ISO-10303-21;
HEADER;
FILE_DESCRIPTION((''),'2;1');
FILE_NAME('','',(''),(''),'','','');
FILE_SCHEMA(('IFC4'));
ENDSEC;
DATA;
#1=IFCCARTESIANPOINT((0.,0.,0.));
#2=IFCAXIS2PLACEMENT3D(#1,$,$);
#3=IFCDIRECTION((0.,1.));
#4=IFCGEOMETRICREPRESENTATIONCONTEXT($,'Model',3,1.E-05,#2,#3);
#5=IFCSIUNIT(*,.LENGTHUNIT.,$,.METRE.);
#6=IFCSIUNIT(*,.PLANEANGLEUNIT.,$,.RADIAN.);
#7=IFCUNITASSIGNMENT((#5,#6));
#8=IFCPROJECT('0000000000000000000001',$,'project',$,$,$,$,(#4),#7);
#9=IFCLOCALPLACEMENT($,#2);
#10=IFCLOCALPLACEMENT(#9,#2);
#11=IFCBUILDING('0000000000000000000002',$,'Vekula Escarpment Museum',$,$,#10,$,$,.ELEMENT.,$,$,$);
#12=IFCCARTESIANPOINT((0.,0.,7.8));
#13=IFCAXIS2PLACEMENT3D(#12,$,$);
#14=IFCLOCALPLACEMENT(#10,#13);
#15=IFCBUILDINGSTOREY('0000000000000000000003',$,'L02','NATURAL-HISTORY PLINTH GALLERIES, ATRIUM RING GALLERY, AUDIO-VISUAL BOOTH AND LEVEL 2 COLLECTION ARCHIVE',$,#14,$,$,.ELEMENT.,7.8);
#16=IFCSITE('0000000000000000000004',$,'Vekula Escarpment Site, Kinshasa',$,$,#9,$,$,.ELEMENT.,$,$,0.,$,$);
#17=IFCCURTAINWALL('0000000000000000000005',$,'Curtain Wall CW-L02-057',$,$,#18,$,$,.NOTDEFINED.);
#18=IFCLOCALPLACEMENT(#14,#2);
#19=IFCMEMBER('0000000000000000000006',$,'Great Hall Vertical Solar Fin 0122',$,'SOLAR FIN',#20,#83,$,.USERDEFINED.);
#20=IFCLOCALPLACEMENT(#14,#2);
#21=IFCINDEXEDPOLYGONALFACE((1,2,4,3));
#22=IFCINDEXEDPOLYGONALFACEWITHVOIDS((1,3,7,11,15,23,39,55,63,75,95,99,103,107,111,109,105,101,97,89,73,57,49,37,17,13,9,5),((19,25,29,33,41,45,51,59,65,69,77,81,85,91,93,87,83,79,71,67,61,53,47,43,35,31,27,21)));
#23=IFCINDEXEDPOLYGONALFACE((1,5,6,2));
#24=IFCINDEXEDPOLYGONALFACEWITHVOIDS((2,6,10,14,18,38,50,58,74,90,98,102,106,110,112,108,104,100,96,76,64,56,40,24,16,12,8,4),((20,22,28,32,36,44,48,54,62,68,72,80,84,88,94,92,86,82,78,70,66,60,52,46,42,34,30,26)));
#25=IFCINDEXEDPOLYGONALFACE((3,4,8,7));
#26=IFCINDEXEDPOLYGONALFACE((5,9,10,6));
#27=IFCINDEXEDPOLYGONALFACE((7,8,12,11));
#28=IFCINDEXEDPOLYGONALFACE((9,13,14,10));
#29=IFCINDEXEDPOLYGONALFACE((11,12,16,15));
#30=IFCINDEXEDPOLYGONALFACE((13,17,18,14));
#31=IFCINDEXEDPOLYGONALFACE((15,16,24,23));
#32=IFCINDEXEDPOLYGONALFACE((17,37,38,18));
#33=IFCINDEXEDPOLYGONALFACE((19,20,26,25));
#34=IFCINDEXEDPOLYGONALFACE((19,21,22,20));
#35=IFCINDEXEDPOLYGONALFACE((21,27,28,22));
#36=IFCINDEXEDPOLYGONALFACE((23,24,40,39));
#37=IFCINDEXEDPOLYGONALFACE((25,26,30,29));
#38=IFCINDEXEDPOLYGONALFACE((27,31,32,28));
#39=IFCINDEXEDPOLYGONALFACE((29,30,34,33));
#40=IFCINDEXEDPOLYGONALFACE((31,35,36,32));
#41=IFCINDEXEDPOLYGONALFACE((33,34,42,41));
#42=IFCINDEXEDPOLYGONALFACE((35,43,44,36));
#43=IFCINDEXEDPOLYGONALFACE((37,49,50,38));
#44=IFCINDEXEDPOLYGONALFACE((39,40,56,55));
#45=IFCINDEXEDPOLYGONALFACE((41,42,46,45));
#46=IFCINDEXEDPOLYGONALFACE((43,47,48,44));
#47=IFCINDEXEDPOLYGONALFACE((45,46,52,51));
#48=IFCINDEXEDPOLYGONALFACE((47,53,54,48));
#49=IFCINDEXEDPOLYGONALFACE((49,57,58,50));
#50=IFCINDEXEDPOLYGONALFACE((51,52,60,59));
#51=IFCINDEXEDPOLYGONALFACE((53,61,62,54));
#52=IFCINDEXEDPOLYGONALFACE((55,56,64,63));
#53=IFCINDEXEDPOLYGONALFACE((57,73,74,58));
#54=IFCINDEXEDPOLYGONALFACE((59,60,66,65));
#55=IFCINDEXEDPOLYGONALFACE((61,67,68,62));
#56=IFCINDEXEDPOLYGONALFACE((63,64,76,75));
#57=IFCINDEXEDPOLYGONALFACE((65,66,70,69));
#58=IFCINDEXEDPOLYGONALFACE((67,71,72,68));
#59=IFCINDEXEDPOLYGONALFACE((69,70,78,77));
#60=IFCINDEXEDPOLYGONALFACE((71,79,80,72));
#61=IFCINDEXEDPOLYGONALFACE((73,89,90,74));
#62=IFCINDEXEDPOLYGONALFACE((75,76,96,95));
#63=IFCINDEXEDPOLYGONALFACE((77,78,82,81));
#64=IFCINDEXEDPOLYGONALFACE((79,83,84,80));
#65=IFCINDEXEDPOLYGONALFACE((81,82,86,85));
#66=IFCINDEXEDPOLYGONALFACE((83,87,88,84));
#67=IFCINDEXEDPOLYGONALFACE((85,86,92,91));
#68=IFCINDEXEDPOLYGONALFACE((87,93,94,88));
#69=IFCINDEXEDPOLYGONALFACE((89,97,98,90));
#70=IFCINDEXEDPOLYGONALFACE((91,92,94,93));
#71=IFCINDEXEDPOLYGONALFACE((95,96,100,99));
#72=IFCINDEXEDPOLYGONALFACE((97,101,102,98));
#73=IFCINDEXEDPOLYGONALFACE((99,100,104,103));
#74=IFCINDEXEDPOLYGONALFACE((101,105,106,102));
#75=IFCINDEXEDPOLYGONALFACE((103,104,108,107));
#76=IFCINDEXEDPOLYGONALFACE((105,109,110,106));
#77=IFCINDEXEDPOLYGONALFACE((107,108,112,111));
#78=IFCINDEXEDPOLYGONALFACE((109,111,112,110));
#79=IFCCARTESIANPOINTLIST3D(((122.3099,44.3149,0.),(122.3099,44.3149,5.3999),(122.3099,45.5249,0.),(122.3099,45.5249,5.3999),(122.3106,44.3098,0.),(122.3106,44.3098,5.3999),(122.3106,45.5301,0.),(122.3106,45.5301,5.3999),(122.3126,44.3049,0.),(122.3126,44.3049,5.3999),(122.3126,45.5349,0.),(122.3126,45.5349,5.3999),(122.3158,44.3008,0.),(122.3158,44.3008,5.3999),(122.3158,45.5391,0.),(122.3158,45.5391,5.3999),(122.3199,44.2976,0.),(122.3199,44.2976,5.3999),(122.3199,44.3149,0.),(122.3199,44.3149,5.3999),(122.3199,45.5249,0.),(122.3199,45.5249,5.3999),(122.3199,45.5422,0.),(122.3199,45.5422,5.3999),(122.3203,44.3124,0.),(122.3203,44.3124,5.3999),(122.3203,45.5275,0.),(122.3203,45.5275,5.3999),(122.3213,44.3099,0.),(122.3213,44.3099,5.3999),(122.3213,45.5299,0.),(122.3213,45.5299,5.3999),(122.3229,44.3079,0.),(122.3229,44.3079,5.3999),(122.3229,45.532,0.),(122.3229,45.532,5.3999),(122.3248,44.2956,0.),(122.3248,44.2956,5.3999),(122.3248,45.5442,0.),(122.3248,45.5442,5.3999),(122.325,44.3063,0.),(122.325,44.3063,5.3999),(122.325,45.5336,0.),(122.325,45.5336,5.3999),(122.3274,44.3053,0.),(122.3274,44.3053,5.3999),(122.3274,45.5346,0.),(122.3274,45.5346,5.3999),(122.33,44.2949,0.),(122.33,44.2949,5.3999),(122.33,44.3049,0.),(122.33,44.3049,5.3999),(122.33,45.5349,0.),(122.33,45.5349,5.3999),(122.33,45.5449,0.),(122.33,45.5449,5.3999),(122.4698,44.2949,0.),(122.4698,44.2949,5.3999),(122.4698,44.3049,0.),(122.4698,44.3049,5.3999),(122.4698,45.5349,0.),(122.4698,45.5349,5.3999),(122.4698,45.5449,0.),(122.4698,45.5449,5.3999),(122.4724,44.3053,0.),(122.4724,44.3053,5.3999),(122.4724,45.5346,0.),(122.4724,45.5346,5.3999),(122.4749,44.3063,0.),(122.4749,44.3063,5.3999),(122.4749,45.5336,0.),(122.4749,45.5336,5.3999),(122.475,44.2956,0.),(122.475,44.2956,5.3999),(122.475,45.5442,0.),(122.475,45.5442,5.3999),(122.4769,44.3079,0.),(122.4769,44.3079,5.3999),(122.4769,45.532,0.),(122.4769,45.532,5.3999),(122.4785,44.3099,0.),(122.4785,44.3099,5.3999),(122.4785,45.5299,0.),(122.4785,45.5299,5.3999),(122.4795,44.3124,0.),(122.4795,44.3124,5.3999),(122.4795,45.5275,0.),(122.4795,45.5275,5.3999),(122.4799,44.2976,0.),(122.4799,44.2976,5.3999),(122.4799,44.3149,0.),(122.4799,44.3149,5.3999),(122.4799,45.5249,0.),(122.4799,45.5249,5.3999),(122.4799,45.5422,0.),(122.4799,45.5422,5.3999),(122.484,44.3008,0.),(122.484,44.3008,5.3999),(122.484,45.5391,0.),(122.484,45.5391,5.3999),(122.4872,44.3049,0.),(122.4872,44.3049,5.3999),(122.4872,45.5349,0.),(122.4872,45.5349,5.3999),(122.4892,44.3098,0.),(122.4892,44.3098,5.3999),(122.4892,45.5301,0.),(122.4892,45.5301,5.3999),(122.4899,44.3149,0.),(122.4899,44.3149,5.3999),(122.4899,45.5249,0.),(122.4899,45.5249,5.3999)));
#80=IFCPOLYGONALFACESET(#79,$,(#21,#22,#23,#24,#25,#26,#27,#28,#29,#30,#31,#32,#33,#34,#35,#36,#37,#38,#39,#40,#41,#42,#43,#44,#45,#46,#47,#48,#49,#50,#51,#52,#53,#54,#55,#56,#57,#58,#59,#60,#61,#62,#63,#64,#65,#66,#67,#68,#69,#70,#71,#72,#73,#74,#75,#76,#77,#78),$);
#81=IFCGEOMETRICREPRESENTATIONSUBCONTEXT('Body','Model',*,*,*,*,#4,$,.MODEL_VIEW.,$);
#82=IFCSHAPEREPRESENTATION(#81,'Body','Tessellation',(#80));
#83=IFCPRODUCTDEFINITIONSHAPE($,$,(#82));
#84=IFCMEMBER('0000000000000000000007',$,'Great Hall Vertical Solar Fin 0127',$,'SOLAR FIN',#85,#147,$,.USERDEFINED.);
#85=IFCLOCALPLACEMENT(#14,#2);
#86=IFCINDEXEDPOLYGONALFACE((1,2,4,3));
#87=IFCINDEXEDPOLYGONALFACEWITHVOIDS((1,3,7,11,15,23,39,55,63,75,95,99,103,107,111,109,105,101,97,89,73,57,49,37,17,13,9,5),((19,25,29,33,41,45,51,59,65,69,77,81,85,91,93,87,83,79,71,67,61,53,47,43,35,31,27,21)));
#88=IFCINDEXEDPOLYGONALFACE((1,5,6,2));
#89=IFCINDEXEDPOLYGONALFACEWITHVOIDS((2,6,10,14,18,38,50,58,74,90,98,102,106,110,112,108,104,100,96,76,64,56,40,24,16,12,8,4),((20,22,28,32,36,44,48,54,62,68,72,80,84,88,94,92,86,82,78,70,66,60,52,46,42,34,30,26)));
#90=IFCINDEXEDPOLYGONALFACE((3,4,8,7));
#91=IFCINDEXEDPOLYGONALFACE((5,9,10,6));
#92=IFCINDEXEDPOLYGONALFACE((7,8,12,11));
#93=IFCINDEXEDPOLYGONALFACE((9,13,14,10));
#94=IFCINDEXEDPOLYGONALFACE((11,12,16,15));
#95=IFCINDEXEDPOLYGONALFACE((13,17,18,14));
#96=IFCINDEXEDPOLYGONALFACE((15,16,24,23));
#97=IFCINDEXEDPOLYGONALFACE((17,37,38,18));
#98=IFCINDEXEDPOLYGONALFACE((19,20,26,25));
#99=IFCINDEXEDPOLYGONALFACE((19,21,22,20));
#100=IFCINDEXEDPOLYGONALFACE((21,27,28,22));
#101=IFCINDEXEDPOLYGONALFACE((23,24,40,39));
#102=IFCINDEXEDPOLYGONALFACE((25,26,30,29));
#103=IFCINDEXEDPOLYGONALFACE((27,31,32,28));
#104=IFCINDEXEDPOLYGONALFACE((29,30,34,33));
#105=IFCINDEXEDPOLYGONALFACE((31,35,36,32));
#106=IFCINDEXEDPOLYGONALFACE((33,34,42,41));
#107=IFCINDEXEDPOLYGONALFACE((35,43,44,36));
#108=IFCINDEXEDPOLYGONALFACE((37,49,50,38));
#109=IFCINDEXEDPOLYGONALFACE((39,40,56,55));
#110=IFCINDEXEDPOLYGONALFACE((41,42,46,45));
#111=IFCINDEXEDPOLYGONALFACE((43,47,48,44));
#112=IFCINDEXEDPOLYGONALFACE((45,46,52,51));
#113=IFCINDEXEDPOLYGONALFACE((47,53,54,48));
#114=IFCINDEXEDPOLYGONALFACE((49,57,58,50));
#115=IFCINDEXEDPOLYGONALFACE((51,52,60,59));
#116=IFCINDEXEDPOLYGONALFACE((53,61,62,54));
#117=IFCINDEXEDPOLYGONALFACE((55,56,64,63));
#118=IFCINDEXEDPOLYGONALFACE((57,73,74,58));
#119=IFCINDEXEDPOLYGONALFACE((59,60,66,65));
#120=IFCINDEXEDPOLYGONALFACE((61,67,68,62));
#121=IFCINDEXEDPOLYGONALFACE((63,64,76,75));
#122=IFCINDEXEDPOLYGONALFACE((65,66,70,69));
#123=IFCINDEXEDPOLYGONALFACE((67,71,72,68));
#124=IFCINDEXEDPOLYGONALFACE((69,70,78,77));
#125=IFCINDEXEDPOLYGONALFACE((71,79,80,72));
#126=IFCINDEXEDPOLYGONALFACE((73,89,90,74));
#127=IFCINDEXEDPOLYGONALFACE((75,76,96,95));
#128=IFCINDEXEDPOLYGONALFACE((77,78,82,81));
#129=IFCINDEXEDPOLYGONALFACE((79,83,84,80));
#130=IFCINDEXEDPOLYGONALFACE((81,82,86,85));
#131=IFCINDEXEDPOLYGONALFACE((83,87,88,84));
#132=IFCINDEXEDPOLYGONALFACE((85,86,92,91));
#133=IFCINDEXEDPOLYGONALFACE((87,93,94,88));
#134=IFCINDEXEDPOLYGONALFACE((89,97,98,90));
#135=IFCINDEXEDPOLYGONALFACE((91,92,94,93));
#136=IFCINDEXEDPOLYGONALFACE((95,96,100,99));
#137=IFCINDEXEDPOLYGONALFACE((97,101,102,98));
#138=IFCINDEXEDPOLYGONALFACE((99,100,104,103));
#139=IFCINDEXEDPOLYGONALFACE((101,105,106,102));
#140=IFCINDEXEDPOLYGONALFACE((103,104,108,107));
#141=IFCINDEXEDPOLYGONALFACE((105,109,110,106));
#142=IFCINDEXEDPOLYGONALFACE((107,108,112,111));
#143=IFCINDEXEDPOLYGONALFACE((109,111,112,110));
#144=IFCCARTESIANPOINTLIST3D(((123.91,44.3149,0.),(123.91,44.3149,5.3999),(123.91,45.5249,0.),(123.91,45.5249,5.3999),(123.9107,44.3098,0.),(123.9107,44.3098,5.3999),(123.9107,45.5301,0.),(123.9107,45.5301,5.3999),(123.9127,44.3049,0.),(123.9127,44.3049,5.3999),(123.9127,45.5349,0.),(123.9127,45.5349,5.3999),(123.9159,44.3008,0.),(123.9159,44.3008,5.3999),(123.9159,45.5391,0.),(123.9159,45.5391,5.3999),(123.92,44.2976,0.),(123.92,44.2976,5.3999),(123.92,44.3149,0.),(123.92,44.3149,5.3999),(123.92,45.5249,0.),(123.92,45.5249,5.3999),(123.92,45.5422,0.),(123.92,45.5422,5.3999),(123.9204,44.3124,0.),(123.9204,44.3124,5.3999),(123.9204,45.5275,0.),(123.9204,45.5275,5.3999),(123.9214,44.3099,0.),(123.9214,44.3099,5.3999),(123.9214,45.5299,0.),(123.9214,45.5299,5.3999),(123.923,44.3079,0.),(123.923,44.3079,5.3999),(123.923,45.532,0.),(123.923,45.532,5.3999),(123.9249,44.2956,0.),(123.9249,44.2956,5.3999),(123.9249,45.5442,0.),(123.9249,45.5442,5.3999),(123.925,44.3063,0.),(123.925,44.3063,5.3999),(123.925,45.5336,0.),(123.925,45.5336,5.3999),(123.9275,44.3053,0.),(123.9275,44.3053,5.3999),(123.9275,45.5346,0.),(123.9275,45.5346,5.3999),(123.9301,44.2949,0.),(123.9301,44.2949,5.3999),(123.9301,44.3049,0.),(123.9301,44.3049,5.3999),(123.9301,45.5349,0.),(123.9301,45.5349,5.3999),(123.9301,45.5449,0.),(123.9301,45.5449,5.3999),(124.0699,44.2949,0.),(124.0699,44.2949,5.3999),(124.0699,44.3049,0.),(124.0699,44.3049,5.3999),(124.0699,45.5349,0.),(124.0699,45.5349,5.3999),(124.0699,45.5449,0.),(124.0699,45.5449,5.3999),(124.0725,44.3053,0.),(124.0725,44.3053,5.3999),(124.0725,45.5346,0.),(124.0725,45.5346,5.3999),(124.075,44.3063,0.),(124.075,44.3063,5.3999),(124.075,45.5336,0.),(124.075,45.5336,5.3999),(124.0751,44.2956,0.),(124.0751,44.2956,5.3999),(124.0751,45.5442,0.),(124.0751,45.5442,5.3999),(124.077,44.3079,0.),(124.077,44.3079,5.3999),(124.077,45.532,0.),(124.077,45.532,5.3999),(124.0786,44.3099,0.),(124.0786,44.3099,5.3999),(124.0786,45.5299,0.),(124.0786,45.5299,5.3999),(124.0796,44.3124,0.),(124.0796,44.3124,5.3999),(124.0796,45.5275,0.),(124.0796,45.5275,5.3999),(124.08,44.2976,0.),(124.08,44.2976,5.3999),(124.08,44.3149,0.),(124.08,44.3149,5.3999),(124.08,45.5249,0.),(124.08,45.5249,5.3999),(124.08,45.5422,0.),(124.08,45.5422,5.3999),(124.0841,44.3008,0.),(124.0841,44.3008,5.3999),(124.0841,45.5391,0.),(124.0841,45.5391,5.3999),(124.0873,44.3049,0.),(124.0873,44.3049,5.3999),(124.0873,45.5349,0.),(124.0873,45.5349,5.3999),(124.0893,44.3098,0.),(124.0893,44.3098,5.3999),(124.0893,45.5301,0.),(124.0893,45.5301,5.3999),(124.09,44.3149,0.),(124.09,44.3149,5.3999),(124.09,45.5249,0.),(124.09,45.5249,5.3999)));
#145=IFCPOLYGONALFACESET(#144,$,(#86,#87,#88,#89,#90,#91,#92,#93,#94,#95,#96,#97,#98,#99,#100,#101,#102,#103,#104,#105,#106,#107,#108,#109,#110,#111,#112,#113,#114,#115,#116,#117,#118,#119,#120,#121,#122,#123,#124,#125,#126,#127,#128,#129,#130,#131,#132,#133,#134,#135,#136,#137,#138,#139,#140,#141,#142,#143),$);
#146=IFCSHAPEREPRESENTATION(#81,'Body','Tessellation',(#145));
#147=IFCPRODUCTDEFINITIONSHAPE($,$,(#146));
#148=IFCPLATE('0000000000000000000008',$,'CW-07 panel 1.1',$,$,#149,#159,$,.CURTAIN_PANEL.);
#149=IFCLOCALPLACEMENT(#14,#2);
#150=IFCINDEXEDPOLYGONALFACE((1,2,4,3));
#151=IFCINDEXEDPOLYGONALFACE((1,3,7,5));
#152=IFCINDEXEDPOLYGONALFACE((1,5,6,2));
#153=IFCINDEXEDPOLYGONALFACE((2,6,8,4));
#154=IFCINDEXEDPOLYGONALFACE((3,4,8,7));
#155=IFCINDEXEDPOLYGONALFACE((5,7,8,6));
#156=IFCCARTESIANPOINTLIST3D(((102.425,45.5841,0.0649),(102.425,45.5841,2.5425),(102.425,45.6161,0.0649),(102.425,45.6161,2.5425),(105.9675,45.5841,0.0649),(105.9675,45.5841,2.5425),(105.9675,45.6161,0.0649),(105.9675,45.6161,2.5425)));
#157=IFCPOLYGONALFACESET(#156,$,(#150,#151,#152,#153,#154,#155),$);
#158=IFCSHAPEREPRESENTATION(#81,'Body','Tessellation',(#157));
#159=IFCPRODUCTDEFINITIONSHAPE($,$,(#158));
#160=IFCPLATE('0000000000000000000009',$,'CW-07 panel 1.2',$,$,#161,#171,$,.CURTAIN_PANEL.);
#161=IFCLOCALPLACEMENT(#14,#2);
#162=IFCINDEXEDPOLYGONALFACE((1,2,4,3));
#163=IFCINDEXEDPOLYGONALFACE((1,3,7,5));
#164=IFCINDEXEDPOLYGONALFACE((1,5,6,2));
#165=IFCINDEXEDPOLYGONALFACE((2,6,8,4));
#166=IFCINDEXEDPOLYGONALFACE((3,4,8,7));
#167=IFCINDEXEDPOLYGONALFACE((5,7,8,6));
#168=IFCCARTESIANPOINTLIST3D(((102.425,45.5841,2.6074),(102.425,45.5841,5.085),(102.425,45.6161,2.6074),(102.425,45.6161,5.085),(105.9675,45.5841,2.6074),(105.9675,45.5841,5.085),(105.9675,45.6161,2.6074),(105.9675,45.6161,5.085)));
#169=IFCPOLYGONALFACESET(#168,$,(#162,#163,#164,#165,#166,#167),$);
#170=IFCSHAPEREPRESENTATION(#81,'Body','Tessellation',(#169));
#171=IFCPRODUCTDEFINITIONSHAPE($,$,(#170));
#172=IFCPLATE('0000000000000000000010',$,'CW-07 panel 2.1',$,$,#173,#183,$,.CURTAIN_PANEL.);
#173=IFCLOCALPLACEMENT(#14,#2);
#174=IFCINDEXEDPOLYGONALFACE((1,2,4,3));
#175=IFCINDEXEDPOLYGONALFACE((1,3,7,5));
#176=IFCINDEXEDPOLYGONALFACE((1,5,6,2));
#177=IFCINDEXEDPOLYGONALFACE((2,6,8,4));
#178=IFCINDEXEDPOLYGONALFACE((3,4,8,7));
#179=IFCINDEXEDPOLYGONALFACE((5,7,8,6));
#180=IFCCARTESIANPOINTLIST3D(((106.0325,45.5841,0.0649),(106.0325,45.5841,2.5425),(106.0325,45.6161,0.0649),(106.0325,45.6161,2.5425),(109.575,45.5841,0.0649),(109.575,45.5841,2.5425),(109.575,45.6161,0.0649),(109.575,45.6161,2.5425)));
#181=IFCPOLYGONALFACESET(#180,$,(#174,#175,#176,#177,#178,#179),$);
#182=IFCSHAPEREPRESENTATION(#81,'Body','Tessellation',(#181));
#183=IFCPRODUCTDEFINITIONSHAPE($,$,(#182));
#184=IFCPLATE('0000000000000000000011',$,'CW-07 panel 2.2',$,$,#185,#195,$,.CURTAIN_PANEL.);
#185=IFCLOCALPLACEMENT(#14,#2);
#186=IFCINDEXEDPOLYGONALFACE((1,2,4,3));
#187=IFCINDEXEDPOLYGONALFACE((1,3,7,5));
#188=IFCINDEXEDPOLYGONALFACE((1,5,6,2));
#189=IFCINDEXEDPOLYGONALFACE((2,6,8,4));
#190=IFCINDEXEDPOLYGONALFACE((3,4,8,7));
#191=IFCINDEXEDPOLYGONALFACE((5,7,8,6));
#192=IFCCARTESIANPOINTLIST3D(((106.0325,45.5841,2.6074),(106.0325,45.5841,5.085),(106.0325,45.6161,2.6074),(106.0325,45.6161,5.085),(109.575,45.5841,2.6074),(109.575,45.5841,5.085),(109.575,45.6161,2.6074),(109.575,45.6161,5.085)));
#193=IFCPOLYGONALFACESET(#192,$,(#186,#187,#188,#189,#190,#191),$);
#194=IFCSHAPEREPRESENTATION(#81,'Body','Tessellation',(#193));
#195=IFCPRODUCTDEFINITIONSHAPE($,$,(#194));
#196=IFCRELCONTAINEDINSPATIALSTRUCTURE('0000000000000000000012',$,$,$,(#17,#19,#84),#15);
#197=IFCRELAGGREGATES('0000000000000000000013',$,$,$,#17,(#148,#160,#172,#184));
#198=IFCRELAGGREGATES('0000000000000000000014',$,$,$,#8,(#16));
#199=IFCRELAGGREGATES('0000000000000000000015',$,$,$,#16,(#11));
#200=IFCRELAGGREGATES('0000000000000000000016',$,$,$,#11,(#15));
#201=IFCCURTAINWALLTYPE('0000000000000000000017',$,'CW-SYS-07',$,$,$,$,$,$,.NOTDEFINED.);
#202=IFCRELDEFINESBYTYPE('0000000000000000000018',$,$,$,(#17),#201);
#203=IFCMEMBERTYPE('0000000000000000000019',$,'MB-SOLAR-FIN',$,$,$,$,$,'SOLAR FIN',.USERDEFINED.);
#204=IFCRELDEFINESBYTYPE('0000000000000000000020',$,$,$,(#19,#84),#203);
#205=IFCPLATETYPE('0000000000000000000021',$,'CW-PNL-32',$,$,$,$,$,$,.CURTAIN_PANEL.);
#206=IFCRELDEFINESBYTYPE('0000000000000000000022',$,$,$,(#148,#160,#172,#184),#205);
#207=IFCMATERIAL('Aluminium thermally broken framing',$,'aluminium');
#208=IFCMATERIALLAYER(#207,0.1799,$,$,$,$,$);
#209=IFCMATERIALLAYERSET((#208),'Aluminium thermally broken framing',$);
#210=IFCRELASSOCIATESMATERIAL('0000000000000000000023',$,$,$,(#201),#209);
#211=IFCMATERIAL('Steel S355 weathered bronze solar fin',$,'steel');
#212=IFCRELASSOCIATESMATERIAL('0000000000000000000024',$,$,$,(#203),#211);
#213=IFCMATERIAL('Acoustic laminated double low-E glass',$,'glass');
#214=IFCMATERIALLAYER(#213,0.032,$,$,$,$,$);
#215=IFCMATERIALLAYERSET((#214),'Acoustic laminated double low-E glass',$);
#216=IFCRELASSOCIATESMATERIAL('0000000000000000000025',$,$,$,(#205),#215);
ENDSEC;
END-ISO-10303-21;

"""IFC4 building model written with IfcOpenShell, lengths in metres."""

from ifc_helpers import new_model, si_unit, direction, frame, origin, origin_2d, place, context, subcontext, project, spatial, rectangle, hollow_rectangle, extrude, material, layer, layer_set, material_profile, profile_set, type_object, element, aggregate, save


model = new_model("IFC4")

# Units and contexts
model_context = context("Model", 3, precision=1e-05, world=origin(), true_north=direction((0.0, 1.0)))
body_context = subcontext(model_context, "Body", "Model", "MODEL_VIEW")
ifc_project = project(units=[si_unit("LENGTHUNIT", "METRE"), si_unit("PLANEANGLEUNIT", "RADIAN")], contexts=[model_context])

# Site, building, storey
site_placement = place(None, origin())
site = spatial("IfcSite", under=ifc_project, at=site_placement, Name="Vekula Escarpment Site, Kinshasa", CompositionType="ELEMENT", RefElevation=0.0)
building_placement = place(site_placement, origin())
building = spatial("IfcBuilding", under=site, at=building_placement, Name="Vekula Escarpment Museum", CompositionType="ELEMENT")
storey_placement = place(building_placement, frame((0.0, 0.0, 7.8)))
storey = spatial("IfcBuildingStorey", under=building, at=storey_placement, Name="L02", Description="NATURAL-HISTORY PLINTH GALLERIES, ATRIUM RING GALLERY, AUDIO-VISUAL BOOTH AND LEVEL 2 COLLECTION ARCHIVE", CompositionType="ELEMENT", Elevation=7.8)

# Curtain wall
ifc_material_1 = material(Name="Aluminium thermally broken framing", Category="aluminium")
ifc_layer_1 = layer(ifc_material_1, 0.1799)
ifc_layer_set_1 = layer_set([ifc_layer_1], Name="Aluminium thermally broken framing")
curtain_wall_type = type_object("IfcCurtainWallType", Name="CW-SYS-07", PredefinedType="NOTDEFINED", material=ifc_layer_set_1)
curtain_wall_placement = place(storey_placement, origin())
curtain_wall = element("IfcCurtainWall", 1, at=curtain_wall_placement, inside=storey, type_object=curtain_wall_type, Name="Curtain Wall CW-L02-057", PredefinedType="NOTDEFINED")

# Members
ifc_material_2 = material(Name="Steel S355 weathered bronze solar fin", Category="steel")
ifc_material_profile_1 = material_profile(ifc_material_2, hollow_rectangle(XDim=0.1799, YDim=1.25, WallThickness=0.01, InnerFilletRadius=0.01, OuterFilletRadius=0.02, at=origin_2d()), Name="RHS 1250x180x10")
ifc_profile_set_1 = profile_set([ifc_material_profile_1], Name="Steel S355 weathered bronze solar fin")
member_type_1 = type_object("IfcMemberType", Name="MB-SOLAR-FIN", ElementType="SOLAR FIN", PredefinedType="USERDEFINED", material=ifc_profile_set_1)
for number, where, z_axis, x_axis, name in (
    (2, (122.3999, 44.9199, 0.0), (0.0, 0.0, 1.0), (1.0, 0.0, 0.0), "Great Hall Vertical Solar Fin 0122"),
    (3, (124.0, 44.9199, 0.0), (0.0, 0.0, 1.0), (1.0, 0.0, 0.0), "Great Hall Vertical Solar Fin 0127"),
):
    element("IfcMember", number, at=place(storey_placement, frame(where, z_axis=z_axis, x_axis=x_axis)), inside=storey, type_object=member_type_1, Name=name, ObjectType="SOLAR FIN", PredefinedType="USERDEFINED", context=body_context, shape_type="SweptSolid", body=[
        extrude(hollow_rectangle(XDim=0.1799, YDim=1.25, WallThickness=0.01, InnerFilletRadius=0.01, OuterFilletRadius=0.02, at=origin_2d()), origin(), (0.0, 0.0, 1.0), 5.3999),
    ])

# Plates
ifc_material_3 = material(Name="Acoustic laminated double low-E glass", Category="glass")
ifc_layer_2 = layer(ifc_material_3, 0.032)
ifc_layer_set_2 = layer_set([ifc_layer_2], Name="Acoustic laminated double low-E glass")
plate_type = type_object("IfcPlateType", Name="CW-PNL-32", PredefinedType="CURTAIN_PANEL", material=ifc_layer_set_2)
plate_1_placement = place(storey_placement, frame((104.1963, 45.6001, 0.0649), z_axis=(0.0, 0.0, 1.0), x_axis=(1.0, 0.0, 0.0)))
plate_1 = element("IfcPlate", 4, at=plate_1_placement, type_object=plate_type, Name="CW-07 panel 1.1", PredefinedType="CURTAIN_PANEL", context=body_context, shape_type="SweptSolid", body=[
    extrude(rectangle(XDim=3.5425, YDim=0.032, at=origin_2d()), origin(), (0.0, 0.0, 1.0), 2.4775),
])
plate_2_placement = place(storey_placement, frame((104.1963, 45.6001, 2.6074), z_axis=(0.0, 0.0, 1.0), x_axis=(1.0, 0.0, 0.0)))
plate_2 = element("IfcPlate", 5, at=plate_2_placement, type_object=plate_type, Name="CW-07 panel 1.2", PredefinedType="CURTAIN_PANEL", context=body_context, shape_type="SweptSolid", body=[
    extrude(rectangle(XDim=3.5425, YDim=0.032, at=origin_2d()), origin(), (0.0, 0.0, 1.0), 2.4775),
])
plate_3_placement = place(storey_placement, frame((107.8037, 45.6001, 0.0649), z_axis=(0.0, 0.0, 1.0), x_axis=(1.0, 0.0, 0.0)))
plate_3 = element("IfcPlate", 6, at=plate_3_placement, type_object=plate_type, Name="CW-07 panel 2.1", PredefinedType="CURTAIN_PANEL", context=body_context, shape_type="SweptSolid", body=[
    extrude(rectangle(XDim=3.5425, YDim=0.032, at=origin_2d()), origin(), (0.0, 0.0, 1.0), 2.4775),
])
plate_4_placement = place(storey_placement, frame((107.8037, 45.6001, 2.6074), z_axis=(0.0, 0.0, 1.0), x_axis=(1.0, 0.0, 0.0)))
plate_4 = element("IfcPlate", 7, at=plate_4_placement, type_object=plate_type, Name="CW-07 panel 2.2", PredefinedType="CURTAIN_PANEL", context=body_context, shape_type="SweptSolid", body=[
    extrude(rectangle(XDim=3.5425, YDim=0.032, at=origin_2d()), origin(), (0.0, 0.0, 1.0), 2.4775),
])
aggregate(curtain_wall, [plate_1, plate_2, plate_3, plate_4])

save(model, "model.ifc")
